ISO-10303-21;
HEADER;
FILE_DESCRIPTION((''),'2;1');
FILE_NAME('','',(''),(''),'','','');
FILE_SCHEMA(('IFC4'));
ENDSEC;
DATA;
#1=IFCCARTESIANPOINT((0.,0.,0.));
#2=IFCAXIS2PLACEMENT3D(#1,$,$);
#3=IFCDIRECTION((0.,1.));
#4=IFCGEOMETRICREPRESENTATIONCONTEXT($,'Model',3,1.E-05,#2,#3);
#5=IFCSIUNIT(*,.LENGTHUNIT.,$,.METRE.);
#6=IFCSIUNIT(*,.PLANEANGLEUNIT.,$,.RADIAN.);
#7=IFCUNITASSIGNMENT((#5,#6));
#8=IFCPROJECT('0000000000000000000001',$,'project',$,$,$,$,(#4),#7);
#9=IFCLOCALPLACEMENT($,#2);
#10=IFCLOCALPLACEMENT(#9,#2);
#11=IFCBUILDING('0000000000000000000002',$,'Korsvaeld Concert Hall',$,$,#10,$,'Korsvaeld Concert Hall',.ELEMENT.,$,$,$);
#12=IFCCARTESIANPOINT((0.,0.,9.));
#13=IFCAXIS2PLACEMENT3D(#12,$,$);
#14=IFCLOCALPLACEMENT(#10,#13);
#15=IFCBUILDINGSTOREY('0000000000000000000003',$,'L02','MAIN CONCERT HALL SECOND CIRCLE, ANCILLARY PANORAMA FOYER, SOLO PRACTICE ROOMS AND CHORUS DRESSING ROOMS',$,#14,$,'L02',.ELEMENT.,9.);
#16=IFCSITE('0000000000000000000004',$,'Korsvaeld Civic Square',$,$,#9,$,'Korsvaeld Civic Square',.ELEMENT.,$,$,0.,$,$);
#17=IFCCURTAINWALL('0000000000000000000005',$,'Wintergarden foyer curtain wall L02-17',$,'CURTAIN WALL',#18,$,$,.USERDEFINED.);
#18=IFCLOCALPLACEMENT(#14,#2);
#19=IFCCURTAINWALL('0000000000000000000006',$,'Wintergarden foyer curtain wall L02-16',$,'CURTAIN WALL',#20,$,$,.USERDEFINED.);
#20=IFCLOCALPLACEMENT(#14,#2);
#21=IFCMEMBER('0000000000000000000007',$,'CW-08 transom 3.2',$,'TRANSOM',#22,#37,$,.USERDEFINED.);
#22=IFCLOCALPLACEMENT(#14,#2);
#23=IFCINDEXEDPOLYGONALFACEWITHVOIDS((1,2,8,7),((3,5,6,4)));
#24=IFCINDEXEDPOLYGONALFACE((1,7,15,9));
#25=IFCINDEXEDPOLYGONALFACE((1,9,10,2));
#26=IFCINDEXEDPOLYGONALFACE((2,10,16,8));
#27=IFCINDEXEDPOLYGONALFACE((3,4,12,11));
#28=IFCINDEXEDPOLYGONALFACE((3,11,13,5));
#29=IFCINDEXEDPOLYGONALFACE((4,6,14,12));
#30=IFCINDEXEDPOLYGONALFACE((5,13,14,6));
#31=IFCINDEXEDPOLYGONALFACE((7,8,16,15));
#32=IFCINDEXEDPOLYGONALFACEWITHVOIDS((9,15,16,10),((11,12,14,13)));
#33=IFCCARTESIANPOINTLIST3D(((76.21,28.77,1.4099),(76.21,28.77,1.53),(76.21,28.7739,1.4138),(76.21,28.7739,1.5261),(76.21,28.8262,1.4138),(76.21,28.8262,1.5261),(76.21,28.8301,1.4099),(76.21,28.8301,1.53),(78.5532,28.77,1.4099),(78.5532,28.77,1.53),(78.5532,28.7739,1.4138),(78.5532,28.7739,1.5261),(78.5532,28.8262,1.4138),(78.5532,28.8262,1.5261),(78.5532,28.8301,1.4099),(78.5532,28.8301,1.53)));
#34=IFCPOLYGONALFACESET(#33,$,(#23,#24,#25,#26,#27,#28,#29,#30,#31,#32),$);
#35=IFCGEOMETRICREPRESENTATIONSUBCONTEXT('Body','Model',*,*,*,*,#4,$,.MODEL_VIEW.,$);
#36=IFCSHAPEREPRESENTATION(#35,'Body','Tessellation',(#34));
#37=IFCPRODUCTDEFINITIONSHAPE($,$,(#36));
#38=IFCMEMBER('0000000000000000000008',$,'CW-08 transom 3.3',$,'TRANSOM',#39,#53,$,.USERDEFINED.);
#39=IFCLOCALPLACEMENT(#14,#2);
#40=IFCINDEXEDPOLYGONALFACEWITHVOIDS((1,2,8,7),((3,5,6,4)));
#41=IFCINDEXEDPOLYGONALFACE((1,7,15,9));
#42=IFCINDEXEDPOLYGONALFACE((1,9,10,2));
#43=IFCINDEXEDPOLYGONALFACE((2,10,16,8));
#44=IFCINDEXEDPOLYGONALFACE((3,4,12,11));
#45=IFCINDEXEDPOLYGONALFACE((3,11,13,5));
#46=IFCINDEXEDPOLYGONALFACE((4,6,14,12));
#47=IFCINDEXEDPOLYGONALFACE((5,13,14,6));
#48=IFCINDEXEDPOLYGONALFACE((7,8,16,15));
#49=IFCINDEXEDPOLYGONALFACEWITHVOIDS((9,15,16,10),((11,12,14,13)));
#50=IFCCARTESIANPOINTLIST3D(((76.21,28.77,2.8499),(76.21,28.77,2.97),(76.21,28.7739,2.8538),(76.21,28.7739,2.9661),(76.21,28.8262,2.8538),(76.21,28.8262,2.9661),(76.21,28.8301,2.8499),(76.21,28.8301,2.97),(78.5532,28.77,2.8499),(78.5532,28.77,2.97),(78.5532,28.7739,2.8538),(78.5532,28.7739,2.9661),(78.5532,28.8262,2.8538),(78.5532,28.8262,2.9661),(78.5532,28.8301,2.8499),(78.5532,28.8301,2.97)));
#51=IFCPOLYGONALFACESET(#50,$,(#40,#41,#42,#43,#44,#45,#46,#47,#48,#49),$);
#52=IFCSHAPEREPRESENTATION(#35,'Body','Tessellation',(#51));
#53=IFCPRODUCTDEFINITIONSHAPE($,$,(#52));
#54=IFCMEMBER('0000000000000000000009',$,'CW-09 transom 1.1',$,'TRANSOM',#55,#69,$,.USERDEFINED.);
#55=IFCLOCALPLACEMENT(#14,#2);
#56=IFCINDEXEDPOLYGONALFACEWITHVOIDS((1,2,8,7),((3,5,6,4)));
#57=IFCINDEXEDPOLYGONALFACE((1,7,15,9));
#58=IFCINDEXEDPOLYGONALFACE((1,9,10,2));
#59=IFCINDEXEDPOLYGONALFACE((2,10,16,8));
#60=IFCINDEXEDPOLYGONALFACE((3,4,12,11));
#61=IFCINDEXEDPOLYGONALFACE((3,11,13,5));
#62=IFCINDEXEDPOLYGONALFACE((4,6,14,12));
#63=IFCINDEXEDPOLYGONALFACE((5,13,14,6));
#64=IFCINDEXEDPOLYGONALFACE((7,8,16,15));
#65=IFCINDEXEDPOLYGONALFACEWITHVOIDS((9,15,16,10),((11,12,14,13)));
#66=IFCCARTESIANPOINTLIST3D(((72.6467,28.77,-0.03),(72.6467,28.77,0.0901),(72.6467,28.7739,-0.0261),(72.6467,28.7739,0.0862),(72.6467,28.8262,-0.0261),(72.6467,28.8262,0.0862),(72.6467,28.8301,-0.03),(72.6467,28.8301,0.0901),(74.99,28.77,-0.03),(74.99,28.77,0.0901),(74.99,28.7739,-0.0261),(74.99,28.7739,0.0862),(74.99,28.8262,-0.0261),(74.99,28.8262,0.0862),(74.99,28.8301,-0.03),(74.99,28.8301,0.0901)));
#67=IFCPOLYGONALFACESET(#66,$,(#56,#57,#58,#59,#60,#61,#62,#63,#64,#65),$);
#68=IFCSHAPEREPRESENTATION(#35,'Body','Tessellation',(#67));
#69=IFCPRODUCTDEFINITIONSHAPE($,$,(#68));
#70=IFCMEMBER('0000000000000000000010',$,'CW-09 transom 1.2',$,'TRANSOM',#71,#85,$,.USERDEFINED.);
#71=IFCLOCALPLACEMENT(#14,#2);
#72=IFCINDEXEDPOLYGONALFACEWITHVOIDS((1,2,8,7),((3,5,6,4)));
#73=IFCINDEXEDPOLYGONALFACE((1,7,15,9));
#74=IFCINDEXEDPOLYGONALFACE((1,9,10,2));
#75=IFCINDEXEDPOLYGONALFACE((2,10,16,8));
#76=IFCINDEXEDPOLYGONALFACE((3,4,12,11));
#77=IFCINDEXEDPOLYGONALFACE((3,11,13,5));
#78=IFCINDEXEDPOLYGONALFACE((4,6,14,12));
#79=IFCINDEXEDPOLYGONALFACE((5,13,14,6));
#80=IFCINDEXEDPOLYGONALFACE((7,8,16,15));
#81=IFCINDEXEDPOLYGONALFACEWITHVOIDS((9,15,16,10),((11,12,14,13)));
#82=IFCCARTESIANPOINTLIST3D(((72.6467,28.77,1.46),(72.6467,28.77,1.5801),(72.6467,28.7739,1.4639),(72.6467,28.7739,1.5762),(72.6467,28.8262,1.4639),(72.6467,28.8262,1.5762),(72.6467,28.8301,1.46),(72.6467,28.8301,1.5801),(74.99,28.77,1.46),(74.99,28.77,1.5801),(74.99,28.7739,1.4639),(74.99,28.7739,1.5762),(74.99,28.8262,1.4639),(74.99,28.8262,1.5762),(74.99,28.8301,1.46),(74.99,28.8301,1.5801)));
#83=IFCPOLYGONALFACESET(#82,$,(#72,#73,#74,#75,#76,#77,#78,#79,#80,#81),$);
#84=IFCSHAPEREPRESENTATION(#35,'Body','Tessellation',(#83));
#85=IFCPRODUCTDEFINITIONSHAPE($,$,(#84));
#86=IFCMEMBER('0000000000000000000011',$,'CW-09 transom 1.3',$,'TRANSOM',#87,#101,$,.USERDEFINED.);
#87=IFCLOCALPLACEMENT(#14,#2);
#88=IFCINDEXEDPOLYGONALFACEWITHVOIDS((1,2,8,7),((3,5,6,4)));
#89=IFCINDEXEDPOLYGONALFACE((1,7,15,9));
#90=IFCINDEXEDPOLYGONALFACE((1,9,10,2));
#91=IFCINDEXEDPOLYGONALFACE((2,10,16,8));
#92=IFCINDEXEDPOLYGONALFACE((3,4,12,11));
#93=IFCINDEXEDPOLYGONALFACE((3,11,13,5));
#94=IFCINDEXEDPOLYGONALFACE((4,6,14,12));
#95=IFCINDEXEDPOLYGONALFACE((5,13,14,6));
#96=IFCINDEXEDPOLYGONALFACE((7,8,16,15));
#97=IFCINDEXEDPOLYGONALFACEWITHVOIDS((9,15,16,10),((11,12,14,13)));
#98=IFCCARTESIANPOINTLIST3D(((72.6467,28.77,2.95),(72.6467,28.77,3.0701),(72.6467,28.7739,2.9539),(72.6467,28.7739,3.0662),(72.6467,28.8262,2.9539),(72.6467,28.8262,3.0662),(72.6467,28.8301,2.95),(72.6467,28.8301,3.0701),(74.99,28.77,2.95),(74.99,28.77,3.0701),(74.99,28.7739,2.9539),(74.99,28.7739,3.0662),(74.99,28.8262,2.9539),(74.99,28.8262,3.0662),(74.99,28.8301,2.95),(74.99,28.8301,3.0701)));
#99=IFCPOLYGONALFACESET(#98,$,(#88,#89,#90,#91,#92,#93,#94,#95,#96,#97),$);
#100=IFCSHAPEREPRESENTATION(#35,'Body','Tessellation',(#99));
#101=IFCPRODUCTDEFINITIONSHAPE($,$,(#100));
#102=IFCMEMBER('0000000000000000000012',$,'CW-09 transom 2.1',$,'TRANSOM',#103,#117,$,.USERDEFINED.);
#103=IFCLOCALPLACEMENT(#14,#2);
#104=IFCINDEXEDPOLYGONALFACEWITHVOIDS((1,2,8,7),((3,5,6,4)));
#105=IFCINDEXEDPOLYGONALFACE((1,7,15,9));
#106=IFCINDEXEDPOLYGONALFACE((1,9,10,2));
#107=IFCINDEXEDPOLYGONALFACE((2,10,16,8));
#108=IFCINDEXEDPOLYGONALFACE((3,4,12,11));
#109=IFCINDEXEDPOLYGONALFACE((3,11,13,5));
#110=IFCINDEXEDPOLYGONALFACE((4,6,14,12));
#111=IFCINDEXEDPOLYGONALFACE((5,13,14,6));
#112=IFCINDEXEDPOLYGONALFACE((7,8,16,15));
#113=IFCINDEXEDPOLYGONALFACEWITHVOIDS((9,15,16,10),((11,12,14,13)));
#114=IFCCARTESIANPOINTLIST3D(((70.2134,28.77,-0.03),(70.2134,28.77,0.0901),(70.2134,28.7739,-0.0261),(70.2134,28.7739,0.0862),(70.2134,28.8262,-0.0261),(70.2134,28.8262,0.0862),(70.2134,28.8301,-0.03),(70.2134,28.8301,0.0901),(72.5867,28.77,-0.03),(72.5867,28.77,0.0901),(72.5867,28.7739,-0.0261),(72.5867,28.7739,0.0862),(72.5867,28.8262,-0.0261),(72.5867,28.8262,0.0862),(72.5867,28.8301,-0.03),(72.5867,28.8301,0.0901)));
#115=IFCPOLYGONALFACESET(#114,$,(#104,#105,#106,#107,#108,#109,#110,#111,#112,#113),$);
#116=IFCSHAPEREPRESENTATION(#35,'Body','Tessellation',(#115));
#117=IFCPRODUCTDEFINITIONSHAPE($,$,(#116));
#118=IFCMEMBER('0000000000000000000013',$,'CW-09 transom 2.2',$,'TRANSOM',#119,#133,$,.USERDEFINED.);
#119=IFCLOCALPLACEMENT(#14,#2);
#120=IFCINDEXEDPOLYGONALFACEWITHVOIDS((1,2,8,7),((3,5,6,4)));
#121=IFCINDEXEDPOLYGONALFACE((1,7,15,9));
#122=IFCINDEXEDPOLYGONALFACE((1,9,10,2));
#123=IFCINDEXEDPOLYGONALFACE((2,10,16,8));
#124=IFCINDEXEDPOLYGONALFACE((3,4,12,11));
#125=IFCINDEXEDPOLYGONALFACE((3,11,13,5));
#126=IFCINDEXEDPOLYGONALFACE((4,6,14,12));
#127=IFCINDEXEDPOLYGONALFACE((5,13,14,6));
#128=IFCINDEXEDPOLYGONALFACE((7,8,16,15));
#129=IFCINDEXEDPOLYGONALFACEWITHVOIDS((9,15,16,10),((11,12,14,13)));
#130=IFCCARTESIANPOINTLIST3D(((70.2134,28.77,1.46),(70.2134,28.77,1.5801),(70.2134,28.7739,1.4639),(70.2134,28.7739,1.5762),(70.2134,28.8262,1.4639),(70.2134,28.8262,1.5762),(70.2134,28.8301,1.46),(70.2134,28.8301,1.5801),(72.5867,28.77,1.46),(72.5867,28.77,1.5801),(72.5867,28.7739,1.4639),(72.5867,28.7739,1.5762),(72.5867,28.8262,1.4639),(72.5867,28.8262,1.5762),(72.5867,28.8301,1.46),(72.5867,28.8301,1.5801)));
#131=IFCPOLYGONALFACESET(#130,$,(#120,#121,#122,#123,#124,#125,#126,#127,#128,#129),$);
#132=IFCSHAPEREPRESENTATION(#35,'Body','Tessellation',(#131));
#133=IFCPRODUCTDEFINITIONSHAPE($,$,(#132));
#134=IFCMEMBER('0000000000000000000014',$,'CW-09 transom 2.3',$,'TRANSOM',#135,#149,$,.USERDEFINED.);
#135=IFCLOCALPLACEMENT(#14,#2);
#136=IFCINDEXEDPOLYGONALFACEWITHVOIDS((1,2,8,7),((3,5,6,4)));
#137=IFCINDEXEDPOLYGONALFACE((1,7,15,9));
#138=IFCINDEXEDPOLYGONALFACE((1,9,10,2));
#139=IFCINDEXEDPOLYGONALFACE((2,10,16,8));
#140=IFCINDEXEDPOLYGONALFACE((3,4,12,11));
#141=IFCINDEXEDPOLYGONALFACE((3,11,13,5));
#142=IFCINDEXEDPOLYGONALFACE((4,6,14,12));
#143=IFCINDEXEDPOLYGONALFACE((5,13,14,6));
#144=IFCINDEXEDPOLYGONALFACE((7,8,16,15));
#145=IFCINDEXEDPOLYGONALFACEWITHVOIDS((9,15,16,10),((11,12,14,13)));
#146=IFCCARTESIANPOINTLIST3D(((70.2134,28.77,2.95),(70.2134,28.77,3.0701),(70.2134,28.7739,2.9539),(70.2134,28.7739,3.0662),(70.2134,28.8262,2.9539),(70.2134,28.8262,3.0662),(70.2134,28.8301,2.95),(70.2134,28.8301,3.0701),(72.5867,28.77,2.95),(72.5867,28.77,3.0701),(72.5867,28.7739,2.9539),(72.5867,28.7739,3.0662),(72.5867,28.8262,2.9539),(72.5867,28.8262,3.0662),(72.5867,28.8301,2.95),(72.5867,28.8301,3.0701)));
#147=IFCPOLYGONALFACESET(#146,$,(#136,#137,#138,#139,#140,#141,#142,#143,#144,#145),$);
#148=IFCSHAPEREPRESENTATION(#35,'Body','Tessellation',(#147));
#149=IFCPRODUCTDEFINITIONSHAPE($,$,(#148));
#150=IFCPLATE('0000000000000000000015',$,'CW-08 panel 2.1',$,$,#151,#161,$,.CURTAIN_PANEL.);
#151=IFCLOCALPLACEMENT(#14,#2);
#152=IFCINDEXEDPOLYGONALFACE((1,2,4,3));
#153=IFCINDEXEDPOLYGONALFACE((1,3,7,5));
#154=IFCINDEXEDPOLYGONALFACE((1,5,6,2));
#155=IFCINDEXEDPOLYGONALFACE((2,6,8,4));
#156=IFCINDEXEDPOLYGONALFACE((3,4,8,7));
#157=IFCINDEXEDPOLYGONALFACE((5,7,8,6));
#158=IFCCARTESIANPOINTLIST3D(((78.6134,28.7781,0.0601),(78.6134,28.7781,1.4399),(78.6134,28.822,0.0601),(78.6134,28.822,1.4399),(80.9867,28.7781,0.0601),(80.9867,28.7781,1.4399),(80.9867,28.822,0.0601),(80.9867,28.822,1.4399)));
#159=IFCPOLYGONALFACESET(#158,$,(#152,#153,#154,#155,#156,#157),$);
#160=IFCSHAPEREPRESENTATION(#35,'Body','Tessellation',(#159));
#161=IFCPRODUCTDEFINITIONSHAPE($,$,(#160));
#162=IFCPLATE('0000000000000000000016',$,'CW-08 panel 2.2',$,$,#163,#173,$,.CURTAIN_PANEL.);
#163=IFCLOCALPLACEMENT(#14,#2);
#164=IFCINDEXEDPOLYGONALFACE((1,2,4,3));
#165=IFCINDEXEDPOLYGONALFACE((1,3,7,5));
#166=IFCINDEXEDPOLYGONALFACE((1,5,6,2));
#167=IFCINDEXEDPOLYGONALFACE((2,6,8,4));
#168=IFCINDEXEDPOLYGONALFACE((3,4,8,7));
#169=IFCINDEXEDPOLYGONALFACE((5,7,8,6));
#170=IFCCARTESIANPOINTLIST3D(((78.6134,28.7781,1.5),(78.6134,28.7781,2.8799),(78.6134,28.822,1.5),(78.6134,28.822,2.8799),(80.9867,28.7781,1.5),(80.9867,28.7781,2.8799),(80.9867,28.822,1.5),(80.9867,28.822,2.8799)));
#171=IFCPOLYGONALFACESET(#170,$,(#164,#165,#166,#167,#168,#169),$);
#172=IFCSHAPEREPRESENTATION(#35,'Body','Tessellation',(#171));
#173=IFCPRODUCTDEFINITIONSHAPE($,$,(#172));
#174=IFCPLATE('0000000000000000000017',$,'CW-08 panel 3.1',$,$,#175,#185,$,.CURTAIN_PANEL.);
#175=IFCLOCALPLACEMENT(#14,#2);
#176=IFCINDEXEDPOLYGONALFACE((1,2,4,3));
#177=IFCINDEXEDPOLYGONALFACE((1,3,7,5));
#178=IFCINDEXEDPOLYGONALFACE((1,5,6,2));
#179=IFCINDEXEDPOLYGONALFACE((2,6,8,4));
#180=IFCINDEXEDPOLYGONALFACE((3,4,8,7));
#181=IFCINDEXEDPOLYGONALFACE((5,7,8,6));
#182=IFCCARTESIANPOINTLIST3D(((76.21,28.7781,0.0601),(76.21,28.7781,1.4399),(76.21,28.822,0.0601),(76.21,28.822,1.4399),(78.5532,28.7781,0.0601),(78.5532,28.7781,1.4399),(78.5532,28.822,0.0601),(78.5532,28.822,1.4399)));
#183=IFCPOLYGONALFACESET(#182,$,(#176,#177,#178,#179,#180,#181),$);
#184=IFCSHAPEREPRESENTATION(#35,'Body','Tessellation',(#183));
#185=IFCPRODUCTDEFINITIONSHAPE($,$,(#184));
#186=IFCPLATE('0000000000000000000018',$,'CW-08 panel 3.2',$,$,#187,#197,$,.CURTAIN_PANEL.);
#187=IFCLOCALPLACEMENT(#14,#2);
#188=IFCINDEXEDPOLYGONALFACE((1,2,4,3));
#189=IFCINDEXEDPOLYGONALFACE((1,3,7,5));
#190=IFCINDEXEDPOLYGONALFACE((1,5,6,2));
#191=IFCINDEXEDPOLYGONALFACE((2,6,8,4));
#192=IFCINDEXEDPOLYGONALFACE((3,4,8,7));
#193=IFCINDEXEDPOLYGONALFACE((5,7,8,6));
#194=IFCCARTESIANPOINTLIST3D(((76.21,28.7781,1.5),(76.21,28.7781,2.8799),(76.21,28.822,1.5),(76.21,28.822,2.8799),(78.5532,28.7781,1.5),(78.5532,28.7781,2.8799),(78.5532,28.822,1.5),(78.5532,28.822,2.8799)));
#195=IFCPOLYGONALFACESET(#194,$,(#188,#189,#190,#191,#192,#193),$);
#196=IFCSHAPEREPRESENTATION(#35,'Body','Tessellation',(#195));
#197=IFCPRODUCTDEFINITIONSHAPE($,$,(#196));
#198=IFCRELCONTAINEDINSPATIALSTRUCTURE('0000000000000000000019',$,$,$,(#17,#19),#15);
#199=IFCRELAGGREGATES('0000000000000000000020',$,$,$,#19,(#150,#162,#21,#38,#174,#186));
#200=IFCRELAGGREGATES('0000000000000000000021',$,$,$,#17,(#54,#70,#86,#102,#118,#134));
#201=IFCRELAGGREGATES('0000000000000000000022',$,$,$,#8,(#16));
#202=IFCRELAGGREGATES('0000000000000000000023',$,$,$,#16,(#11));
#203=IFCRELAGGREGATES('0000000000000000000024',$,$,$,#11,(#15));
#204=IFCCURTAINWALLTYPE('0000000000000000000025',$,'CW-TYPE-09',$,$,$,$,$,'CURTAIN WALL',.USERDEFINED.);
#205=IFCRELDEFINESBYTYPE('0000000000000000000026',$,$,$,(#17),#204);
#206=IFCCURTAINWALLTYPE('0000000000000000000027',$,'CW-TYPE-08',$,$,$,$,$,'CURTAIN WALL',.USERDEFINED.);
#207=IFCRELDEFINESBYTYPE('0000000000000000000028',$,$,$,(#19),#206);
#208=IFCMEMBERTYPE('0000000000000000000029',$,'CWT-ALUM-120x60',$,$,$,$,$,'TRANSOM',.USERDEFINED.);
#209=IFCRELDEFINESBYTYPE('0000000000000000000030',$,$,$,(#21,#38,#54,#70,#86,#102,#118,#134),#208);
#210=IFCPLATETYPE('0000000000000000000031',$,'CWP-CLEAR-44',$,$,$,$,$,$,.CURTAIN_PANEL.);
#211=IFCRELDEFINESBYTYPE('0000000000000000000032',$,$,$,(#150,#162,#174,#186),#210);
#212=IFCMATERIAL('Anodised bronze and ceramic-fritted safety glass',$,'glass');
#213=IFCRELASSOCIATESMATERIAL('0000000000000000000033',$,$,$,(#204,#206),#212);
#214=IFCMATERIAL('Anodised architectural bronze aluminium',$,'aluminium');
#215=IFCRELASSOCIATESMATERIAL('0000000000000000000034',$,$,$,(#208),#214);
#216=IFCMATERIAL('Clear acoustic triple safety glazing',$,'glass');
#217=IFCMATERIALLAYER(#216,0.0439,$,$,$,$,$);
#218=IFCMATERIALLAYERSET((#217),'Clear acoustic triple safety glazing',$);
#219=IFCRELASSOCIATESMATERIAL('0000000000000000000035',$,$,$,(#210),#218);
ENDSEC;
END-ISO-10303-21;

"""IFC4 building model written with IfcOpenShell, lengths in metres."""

from ifc_helpers import new_model, si_unit, direction, frame, origin, origin_2d, place, context, subcontext, project, spatial, rectangle, hollow_rectangle, extrude, material, layer, layer_set, material_profile, profile_set, type_object, element, aggregate, save


model = new_model("IFC4")

# Units and contexts
model_context = context("Model", 3, precision=1e-05, world=origin(), true_north=direction((0.0, 1.0)))
body_context = subcontext(model_context, "Body", "Model", "MODEL_VIEW")
ifc_project = project(units=[si_unit("LENGTHUNIT", "METRE"), si_unit("PLANEANGLEUNIT", "RADIAN")], contexts=[model_context])

# Site, building, storey
site_placement = place(None, origin())
site = spatial("IfcSite", under=ifc_project, at=site_placement, Name="Korsvaeld Civic Square", LongName="Korsvaeld Civic Square", CompositionType="ELEMENT", RefElevation=0.0)
building_placement = place(site_placement, origin())
building = spatial("IfcBuilding", under=site, at=building_placement, Name="Korsvaeld Concert Hall", LongName="Korsvaeld Concert Hall", CompositionType="ELEMENT")
storey_placement = place(building_placement, frame((0.0, 0.0, 9.0)))
storey = spatial("IfcBuildingStorey", under=building, at=storey_placement, Name="L02", Description="MAIN CONCERT HALL SECOND CIRCLE, ANCILLARY PANORAMA FOYER, SOLO PRACTICE ROOMS AND CHORUS DRESSING ROOMS", LongName="L02", CompositionType="ELEMENT", Elevation=9.0)

# Curtain walls, members
ifc_material_1 = material(Name="Anodised bronze and ceramic-fritted safety glass", Category="glass")
curtain_wall_type_1 = type_object("IfcCurtainWallType", Name="CW-TYPE-09", ElementType="CURTAIN WALL", PredefinedType="USERDEFINED", material=ifc_material_1)
curtain_wall_1_placement = place(storey_placement, origin())
curtain_wall_1 = element("IfcCurtainWall", 1, at=curtain_wall_1_placement, inside=storey, type_object=curtain_wall_type_1, Name="Wintergarden foyer curtain wall L02-17", ObjectType="CURTAIN WALL", PredefinedType="USERDEFINED")
ifc_material_2 = material(Name="Anodised architectural bronze aluminium", Category="aluminium")
curtain_wall_type_2 = type_object("IfcCurtainWallType", Name="CW-TYPE-08", ElementType="CURTAIN WALL", PredefinedType="USERDEFINED", material=ifc_material_1)
curtain_wall_2_placement = place(storey_placement, origin())
curtain_wall_2 = element("IfcCurtainWall", 2, at=curtain_wall_2_placement, inside=storey, type_object=curtain_wall_type_2, Name="Wintergarden foyer curtain wall L02-16", ObjectType="CURTAIN WALL", PredefinedType="USERDEFINED")
ifc_material_profile_1 = material_profile(ifc_material_2, hollow_rectangle(XDim=0.0601, YDim=0.1201, WallThickness=0.0039, at=origin_2d()), Name="CWT 120x60x4")
ifc_profile_set_1 = profile_set([ifc_material_profile_1], Name="Anodised architectural bronze aluminium")
member_type_1 = type_object("IfcMemberType", Name="CWT-ALUM-120x60", ElementType="TRANSOM", PredefinedType="USERDEFINED", material=ifc_profile_set_1)
member_1_placement = place(storey_placement, frame((78.5532, 28.8, 1.47), z_axis=(-1.0, 0.0, 0.0), x_axis=(0.0, -1.0, 0.0)))
member_1 = element("IfcMember", 3, at=member_1_placement, type_object=member_type_1, Name="CW-08 transom 3.2", ObjectType="TRANSOM", PredefinedType="USERDEFINED", context=body_context, shape_type="SweptSolid", body=[
    extrude(hollow_rectangle(XDim=0.0601, YDim=0.1201, WallThickness=0.0039, at=origin_2d()), origin(), (0.0, 0.0, 1.0), 2.3433),
])
member_2_placement = place(storey_placement, frame((78.5532, 28.8, 2.9099), z_axis=(-1.0, 0.0, 0.0), x_axis=(0.0, -1.0, 0.0)))
member_2 = element("IfcMember", 4, at=member_2_placement, type_object=member_type_1, Name="CW-08 transom 3.3", ObjectType="TRANSOM", PredefinedType="USERDEFINED", context=body_context, shape_type="SweptSolid", body=[
    extrude(hollow_rectangle(XDim=0.0601, YDim=0.1201, WallThickness=0.0039, at=origin_2d()), origin(), (0.0, 0.0, 1.0), 2.3433),
])

# Members
member_3_placement = place(storey_placement, frame((74.99, 28.8, 0.03), z_axis=(-1.0, 0.0, 0.0), x_axis=(0.0, -1.0, 0.0)))
member_3 = element("IfcMember", 5, at=member_3_placement, type_object=member_type_1, Name="CW-09 transom 1.1", ObjectType="TRANSOM", PredefinedType="USERDEFINED", context=body_context, shape_type="SweptSolid", body=[
    extrude(hollow_rectangle(XDim=0.0601, YDim=0.1201, WallThickness=0.0039, at=origin_2d()), origin(), (0.0, 0.0, 1.0), 2.3433),
])
member_4_placement = place(storey_placement, frame((74.99, 28.8, 1.52), z_axis=(-1.0, 0.0, 0.0), x_axis=(0.0, -1.0, 0.0)))
member_4 = element("IfcMember", 6, at=member_4_placement, type_object=member_type_1, Name="CW-09 transom 1.2", ObjectType="TRANSOM", PredefinedType="USERDEFINED", context=body_context, shape_type="SweptSolid", body=[
    extrude(hollow_rectangle(XDim=0.0601, YDim=0.1201, WallThickness=0.0039, at=origin_2d()), origin(), (0.0, 0.0, 1.0), 2.3433),
])
member_5_placement = place(storey_placement, frame((74.99, 28.8, 3.01), z_axis=(-1.0, 0.0, 0.0), x_axis=(0.0, -1.0, 0.0)))
member_5 = element("IfcMember", 7, at=member_5_placement, type_object=member_type_1, Name="CW-09 transom 1.3", ObjectType="TRANSOM", PredefinedType="USERDEFINED", context=body_context, shape_type="SweptSolid", body=[
    extrude(hollow_rectangle(XDim=0.0601, YDim=0.1201, WallThickness=0.0039, at=origin_2d()), origin(), (0.0, 0.0, 1.0), 2.3433),
])
member_6_placement = place(storey_placement, frame((72.5867, 28.8, 0.03), z_axis=(-1.0, 0.0, 0.0), x_axis=(0.0, -1.0, 0.0)))
member_6 = element("IfcMember", 8, at=member_6_placement, type_object=member_type_1, Name="CW-09 transom 2.1", ObjectType="TRANSOM", PredefinedType="USERDEFINED", context=body_context, shape_type="SweptSolid", body=[
    extrude(hollow_rectangle(XDim=0.0601, YDim=0.1201, WallThickness=0.0039, at=origin_2d()), origin(), (0.0, 0.0, 1.0), 2.3733),
])
member_7_placement = place(storey_placement, frame((72.5867, 28.8, 1.52), z_axis=(-1.0, 0.0, 0.0), x_axis=(0.0, -1.0, 0.0)))
member_7 = element("IfcMember", 9, at=member_7_placement, type_object=member_type_1, Name="CW-09 transom 2.2", ObjectType="TRANSOM", PredefinedType="USERDEFINED", context=body_context, shape_type="SweptSolid", body=[
    extrude(hollow_rectangle(XDim=0.0601, YDim=0.1201, WallThickness=0.0039, at=origin_2d()), origin(), (0.0, 0.0, 1.0), 2.3733),
])
member_8_placement = place(storey_placement, frame((72.5867, 28.8, 3.01), z_axis=(-1.0, 0.0, 0.0), x_axis=(0.0, -1.0, 0.0)))
member_8 = element("IfcMember", 10, at=member_8_placement, type_object=member_type_1, Name="CW-09 transom 2.3", ObjectType="TRANSOM", PredefinedType="USERDEFINED", context=body_context, shape_type="SweptSolid", body=[
    extrude(hollow_rectangle(XDim=0.0601, YDim=0.1201, WallThickness=0.0039, at=origin_2d()), origin(), (0.0, 0.0, 1.0), 2.3733),
])

# Plates
ifc_material_3 = material(Name="Clear acoustic triple safety glazing", Category="glass")
ifc_layer = layer(ifc_material_3, 0.0439)
ifc_layer_set = layer_set([ifc_layer], Name="Clear acoustic triple safety glazing")
plate_type = type_object("IfcPlateType", Name="CWP-CLEAR-44", PredefinedType="CURTAIN_PANEL", material=ifc_layer_set)
plate_1_placement = place(storey_placement, frame((79.8, 28.8, 0.0601), z_axis=(0.0, 0.0, 1.0), x_axis=(-1.0, 0.0, 0.0)))
plate_1 = element("IfcPlate", 11, at=plate_1_placement, type_object=plate_type, Name="CW-08 panel 2.1", PredefinedType="CURTAIN_PANEL", context=body_context, shape_type="SweptSolid", body=[
    extrude(rectangle(XDim=2.3733, YDim=0.0439, at=origin_2d()), origin(), (0.0, 0.0, 1.0), 1.3799),
])
plate_2_placement = place(storey_placement, frame((79.8, 28.8, 1.5), z_axis=(0.0, 0.0, 1.0), x_axis=(-1.0, 0.0, 0.0)))
plate_2 = element("IfcPlate", 12, at=plate_2_placement, type_object=plate_type, Name="CW-08 panel 2.2", PredefinedType="CURTAIN_PANEL", context=body_context, shape_type="SweptSolid", body=[
    extrude(rectangle(XDim=2.3733, YDim=0.0439, at=origin_2d()), origin(), (0.0, 0.0, 1.0), 1.3799),
])
plate_3_placement = place(storey_placement, frame((77.3816, 28.8, 0.0601), z_axis=(0.0, 0.0, 1.0), x_axis=(-1.0, 0.0, 0.0)))
plate_3 = element("IfcPlate", 13, at=plate_3_placement, type_object=plate_type, Name="CW-08 panel 3.1", PredefinedType="CURTAIN_PANEL", context=body_context, shape_type="SweptSolid", body=[
    extrude(rectangle(XDim=2.3433, YDim=0.0439, at=origin_2d()), origin(), (0.0, 0.0, 1.0), 1.3799),
])
plate_4_placement = place(storey_placement, frame((77.3816, 28.8, 1.5), z_axis=(0.0, 0.0, 1.0), x_axis=(-1.0, 0.0, 0.0)))
plate_4 = element("IfcPlate", 14, at=plate_4_placement, type_object=plate_type, Name="CW-08 panel 3.2", PredefinedType="CURTAIN_PANEL", context=body_context, shape_type="SweptSolid", body=[
    extrude(rectangle(XDim=2.3433, YDim=0.0439, at=origin_2d()), origin(), (0.0, 0.0, 1.0), 1.3799),
])
aggregate(curtain_wall_2, [plate_1, plate_2, member_1, member_2, plate_3, plate_4])
aggregate(curtain_wall_1, [member_3, member_4, member_5, member_6, member_7, member_8])

save(model, "model.ifc")
